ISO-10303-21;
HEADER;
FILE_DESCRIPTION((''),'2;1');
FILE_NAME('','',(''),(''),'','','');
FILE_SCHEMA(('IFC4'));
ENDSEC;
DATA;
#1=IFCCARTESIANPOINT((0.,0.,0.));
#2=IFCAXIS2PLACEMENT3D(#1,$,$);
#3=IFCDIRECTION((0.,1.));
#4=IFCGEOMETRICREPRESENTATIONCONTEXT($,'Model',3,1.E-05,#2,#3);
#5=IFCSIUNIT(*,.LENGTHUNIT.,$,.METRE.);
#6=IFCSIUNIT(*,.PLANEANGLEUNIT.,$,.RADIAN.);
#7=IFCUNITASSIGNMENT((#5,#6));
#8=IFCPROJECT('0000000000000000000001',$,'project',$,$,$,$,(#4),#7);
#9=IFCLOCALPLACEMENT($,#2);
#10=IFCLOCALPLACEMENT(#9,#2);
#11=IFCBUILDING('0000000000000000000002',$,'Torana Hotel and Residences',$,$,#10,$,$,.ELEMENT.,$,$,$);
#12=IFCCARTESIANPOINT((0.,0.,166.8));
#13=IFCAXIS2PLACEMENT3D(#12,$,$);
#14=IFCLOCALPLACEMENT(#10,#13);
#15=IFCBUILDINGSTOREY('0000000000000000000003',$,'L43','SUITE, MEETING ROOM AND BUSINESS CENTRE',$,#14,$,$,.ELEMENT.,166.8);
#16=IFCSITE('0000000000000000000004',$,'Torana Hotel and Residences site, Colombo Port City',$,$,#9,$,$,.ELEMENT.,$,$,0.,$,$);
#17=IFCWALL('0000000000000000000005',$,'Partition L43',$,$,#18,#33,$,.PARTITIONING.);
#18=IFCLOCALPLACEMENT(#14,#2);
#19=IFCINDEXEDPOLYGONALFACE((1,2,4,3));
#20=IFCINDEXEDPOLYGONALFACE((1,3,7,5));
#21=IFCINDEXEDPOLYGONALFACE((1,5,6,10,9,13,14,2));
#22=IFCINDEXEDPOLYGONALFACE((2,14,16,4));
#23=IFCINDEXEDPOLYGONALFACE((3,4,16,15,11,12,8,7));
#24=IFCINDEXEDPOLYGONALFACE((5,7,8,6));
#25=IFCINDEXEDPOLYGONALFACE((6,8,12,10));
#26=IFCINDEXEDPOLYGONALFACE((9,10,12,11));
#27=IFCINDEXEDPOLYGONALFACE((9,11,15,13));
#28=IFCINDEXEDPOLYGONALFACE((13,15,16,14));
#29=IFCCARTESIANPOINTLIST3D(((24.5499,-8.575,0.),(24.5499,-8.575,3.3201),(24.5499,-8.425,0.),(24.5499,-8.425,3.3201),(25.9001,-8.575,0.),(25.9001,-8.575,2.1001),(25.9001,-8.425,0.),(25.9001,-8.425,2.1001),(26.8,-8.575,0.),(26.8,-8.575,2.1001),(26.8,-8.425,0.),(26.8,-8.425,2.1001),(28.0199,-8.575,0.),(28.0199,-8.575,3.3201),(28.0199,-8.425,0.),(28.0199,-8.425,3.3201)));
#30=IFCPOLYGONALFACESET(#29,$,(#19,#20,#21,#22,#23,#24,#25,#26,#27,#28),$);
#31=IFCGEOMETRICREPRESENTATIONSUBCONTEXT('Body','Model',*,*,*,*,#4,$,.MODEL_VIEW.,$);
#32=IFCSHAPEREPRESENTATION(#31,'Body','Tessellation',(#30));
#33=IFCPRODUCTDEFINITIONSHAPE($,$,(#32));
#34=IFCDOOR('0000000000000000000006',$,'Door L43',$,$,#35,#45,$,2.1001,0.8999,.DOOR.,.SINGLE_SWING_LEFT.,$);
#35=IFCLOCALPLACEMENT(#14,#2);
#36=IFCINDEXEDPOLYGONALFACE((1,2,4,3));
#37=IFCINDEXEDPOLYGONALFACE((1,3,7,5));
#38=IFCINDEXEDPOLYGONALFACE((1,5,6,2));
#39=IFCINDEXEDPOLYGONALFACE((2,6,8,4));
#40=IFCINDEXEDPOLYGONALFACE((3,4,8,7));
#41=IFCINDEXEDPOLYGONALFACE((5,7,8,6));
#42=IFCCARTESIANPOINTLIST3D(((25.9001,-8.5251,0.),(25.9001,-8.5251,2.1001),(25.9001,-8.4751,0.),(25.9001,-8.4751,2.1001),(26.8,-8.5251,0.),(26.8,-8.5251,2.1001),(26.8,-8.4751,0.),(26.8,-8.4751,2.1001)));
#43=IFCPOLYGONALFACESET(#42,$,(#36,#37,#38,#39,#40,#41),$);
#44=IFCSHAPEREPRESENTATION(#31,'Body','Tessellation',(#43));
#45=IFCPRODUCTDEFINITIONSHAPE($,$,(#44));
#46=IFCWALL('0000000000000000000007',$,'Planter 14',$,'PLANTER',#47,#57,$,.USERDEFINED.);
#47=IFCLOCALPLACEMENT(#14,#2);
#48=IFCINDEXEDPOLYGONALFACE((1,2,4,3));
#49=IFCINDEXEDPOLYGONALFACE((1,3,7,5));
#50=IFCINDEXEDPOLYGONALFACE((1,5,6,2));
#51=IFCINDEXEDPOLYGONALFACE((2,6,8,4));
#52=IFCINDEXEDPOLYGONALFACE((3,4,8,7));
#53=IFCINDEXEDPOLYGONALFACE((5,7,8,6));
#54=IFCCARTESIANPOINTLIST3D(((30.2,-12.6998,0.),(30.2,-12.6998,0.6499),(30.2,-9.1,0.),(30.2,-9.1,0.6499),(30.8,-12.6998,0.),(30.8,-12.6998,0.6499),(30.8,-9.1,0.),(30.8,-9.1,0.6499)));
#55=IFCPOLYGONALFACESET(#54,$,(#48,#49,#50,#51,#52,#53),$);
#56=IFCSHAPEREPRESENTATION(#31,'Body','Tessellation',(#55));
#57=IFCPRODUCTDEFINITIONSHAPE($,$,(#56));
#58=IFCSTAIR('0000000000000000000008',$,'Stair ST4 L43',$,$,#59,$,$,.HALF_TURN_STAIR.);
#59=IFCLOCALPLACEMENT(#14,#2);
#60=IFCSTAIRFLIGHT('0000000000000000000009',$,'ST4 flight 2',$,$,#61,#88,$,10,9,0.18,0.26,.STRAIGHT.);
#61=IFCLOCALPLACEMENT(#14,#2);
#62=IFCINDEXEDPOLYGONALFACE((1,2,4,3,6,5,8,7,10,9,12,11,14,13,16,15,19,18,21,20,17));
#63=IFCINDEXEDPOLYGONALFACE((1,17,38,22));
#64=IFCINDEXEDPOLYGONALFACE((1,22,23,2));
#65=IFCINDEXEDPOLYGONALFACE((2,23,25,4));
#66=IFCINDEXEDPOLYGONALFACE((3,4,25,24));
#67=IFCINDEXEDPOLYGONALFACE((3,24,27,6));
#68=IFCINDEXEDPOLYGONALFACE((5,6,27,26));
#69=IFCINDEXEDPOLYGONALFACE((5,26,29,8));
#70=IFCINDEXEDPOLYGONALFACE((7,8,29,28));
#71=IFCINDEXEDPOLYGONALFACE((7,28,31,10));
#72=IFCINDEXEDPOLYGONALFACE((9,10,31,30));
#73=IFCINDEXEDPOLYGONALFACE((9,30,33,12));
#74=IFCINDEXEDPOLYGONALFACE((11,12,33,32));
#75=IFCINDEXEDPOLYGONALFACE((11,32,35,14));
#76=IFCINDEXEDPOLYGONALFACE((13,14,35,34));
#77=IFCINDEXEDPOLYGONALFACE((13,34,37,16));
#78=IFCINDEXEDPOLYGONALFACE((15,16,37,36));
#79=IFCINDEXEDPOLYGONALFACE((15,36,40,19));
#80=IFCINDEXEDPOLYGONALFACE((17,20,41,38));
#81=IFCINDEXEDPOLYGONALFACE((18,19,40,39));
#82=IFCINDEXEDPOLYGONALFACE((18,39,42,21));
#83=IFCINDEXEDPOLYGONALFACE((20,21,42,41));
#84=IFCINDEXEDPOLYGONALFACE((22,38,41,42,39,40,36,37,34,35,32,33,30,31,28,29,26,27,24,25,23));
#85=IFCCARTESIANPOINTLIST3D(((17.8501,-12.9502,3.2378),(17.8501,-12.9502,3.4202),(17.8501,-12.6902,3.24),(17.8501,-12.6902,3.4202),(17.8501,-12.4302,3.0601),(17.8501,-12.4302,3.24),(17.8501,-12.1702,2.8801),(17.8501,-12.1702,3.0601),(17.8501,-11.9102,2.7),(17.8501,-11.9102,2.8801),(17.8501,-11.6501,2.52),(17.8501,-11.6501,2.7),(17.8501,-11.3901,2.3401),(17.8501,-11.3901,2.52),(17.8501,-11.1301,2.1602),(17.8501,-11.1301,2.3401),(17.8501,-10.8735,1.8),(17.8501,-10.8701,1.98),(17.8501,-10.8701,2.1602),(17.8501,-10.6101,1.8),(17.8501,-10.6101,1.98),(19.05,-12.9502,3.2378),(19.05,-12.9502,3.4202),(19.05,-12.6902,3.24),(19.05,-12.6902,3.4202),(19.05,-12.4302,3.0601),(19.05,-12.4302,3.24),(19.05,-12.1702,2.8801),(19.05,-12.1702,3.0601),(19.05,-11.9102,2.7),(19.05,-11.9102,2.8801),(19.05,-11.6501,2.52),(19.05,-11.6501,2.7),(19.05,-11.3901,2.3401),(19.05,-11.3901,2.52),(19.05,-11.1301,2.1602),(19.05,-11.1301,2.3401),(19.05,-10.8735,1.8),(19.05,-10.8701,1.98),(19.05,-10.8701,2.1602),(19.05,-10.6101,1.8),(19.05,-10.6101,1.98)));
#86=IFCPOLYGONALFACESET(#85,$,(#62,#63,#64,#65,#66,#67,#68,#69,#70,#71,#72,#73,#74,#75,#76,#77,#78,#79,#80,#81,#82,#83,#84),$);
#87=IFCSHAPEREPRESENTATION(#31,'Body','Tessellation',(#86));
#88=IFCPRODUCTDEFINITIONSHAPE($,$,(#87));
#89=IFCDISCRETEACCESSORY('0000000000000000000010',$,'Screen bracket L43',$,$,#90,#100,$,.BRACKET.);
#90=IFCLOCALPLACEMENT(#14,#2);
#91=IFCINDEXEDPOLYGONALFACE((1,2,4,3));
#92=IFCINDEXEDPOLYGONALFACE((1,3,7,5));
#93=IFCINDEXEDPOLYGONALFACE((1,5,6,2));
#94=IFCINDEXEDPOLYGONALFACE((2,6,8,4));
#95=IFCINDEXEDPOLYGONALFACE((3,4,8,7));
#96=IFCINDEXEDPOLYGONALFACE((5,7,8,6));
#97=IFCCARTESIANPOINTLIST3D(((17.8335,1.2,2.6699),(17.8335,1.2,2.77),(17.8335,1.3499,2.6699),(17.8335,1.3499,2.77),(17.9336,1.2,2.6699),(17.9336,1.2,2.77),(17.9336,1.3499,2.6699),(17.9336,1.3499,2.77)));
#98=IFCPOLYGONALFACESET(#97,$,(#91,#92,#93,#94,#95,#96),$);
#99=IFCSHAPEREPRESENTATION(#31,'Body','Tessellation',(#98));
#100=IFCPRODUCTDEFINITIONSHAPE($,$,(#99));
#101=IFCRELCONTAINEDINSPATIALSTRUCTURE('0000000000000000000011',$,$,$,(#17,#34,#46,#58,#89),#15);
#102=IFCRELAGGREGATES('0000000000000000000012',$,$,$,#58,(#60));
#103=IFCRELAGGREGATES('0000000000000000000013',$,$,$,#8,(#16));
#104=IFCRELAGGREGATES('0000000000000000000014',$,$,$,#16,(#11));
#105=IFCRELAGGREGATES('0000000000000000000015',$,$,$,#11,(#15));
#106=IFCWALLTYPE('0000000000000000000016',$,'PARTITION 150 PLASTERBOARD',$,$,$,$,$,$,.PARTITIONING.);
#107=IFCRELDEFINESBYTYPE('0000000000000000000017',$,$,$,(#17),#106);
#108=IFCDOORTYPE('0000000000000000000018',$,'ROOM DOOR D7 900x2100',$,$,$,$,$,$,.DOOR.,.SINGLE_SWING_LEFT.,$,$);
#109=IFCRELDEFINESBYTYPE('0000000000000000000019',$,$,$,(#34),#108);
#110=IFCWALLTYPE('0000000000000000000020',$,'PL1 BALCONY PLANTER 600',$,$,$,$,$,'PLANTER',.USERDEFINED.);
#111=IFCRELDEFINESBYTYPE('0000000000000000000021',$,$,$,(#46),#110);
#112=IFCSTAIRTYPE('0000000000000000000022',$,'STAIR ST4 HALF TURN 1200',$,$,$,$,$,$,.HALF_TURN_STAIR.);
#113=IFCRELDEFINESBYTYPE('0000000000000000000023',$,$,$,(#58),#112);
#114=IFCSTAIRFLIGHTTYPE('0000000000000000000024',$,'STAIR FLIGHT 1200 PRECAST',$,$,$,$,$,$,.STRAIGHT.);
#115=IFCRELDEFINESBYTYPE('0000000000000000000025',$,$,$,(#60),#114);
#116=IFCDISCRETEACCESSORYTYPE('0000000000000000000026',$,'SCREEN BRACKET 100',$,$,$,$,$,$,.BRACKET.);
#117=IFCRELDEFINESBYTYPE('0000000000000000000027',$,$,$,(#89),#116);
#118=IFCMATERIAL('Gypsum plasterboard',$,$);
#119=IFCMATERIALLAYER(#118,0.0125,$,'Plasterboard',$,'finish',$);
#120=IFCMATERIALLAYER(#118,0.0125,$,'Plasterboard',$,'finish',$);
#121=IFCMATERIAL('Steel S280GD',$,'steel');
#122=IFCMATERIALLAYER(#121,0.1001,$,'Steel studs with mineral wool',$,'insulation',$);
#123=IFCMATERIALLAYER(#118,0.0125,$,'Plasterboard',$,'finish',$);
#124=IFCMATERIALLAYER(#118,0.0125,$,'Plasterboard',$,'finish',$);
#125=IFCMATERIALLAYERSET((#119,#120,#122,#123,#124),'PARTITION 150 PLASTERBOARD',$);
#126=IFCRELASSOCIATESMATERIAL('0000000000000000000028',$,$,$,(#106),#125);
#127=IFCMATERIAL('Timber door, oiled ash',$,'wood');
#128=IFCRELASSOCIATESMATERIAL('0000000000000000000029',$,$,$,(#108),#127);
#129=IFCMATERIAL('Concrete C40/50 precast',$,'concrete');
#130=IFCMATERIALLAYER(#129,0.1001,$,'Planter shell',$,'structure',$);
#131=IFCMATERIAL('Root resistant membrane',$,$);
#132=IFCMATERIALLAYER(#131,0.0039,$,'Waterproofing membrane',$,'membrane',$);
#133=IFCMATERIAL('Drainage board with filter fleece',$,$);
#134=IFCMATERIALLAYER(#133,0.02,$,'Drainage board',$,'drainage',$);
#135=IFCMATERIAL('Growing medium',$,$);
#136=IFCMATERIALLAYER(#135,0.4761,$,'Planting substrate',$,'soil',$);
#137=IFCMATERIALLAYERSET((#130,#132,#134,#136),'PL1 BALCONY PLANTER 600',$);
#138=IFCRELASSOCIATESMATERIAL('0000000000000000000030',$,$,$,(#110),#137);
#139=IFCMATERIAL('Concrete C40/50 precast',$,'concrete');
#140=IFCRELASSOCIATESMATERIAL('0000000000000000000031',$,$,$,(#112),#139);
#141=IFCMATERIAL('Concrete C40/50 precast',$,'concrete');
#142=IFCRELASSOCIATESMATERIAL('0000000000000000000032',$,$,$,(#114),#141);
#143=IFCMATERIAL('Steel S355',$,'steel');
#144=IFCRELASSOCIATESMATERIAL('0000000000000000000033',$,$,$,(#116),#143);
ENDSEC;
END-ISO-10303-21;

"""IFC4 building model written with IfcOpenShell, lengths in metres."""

from ifc_helpers import new_model, si_unit, direction, frame, frame_2d, origin, origin_2d, place, context, subcontext, project, spatial, polyline, rectangle, outline, extrude, material, layer, layer_set, type_object, element, fill, aggregate, save


model = new_model("IFC4")

# Units and contexts
model_context = context("Model", 3, precision=1e-05, world=origin(), true_north=direction((0.0, 1.0)))
body_context = subcontext(model_context, "Body", "Model", "MODEL_VIEW")
ifc_project = project(units=[si_unit("LENGTHUNIT", "METRE"), si_unit("PLANEANGLEUNIT", "RADIAN")], contexts=[model_context])

# Site, building, storey
site_placement = place(None, origin())
site = spatial("IfcSite", under=ifc_project, at=site_placement, Name="Torana Hotel and Residences site, Colombo Port City", CompositionType="ELEMENT", RefElevation=0.0)
building_placement = place(site_placement, origin())
building = spatial("IfcBuilding", under=site, at=building_placement, Name="Torana Hotel and Residences", CompositionType="ELEMENT")
storey_placement = place(building_placement, frame((0.0, 0.0, 166.8)))
storey = spatial("IfcBuildingStorey", under=building, at=storey_placement, Name="L43", Description="SUITE, MEETING ROOM AND BUSINESS CENTRE", CompositionType="ELEMENT", Elevation=166.8)

# Shared definitions
ifc_material_1 = material(Name="Steel S280GD", Category="steel")

# Shared definitions
ifc_material_2 = material(Name="Concrete C40/50 precast", Category="concrete")

# Shared definitions
ifc_material_3 = material(Name="Gypsum plasterboard")
ifc_layer_1 = layer(ifc_material_3, 0.0125, Name="Plasterboard", Category="finish")
ifc_layer_2 = layer(ifc_material_3, 0.0125, Name="Plasterboard", Category="finish")
ifc_layer_3 = layer(ifc_material_1, 0.1001, Name="Steel studs with mineral wool", Category="insulation")
ifc_layer_4 = layer(ifc_material_3, 0.0125, Name="Plasterboard", Category="finish")
ifc_layer_5 = layer(ifc_material_3, 0.0125, Name="Plasterboard", Category="finish")
ifc_layer_set_1 = layer_set([ifc_layer_1, ifc_layer_2, ifc_layer_3, ifc_layer_4, ifc_layer_5], Name="PARTITION 150 PLASTERBOARD")
wall_type_1 = type_object("IfcWallType", Name="PARTITION 150 PLASTERBOARD", PredefinedType="PARTITIONING", material=ifc_layer_set_1)

# Wall, opening, door
wall_1_placement = place(storey_placement, frame((24.55, -8.5, 0.0), z_axis=(0.0, 0.0, 1.0), x_axis=(1.0, 0.0, 0.0)))
wall_1 = element("IfcWall", 1, at=wall_1_placement, inside=storey, type_object=wall_type_1, Name="Partition L43", PredefinedType="PARTITIONING", context=body_context, shape_type="SweptSolid", body=[
    extrude(rectangle(XDim=3.47, YDim=0.1499, at=frame_2d((1.7349, 0.0))), origin(), (0.0, 0.0, 1.0), 3.3201),
])
opening_1_placement = place(wall_1_placement, frame((1.3501, 0.0, 0.0)))
opening_1 = element("IfcOpeningElement", 2, at=opening_1_placement, cuts=wall_1, PredefinedType="OPENING", context=body_context, shape_type="SweptSolid", body=[
    extrude(rectangle(XDim=0.8999, YDim=2.1001, at=frame_2d((0.45, 1.05))), frame((0.0, 0.085, 0.0), z_axis=(0.0, -1.0, 0.0), x_axis=(1.0, 0.0, 0.0)), (0.0, 0.0, 1.0), 0.1699),
])
ifc_material_4 = material(Name="Timber door, oiled ash", Category="wood")
door_type = type_object("IfcDoorType", Name="ROOM DOOR D7 900x2100", OperationType="SINGLE_SWING_LEFT", PredefinedType="DOOR", material=ifc_material_4)
door_placement = place(opening_1_placement, origin())
door = element("IfcDoor", 3, at=door_placement, inside=storey, type_object=door_type, Name="Door L43", OperationType="SINGLE_SWING_LEFT", OverallHeight=2.1001, OverallWidth=0.8999, PredefinedType="DOOR", context=body_context, shape_type="SweptSolid", body=[
    extrude(rectangle(XDim=0.8999, YDim=2.1001, at=frame_2d((0.45, 1.05))), frame((0.0, 0.0249, 0.0), z_axis=(0.0, -1.0, 0.0), x_axis=(1.0, 0.0, 0.0)), (0.0, 0.0, 1.0), 0.05),
])
fill(opening_1, door)

# Wall
ifc_layer_6 = layer(ifc_material_2, 0.1001, Name="Planter shell", Category="structure")
ifc_material_5 = material(Name="Root resistant membrane")
ifc_layer_7 = layer(ifc_material_5, 0.0039, Name="Waterproofing membrane", Category="membrane")
ifc_material_6 = material(Name="Drainage board with filter fleece")
ifc_layer_8 = layer(ifc_material_6, 0.02, Name="Drainage board", Category="drainage")
ifc_material_7 = material(Name="Growing medium")
ifc_layer_9 = layer(ifc_material_7, 0.4761, Name="Planting substrate", Category="soil")
ifc_layer_set_2 = layer_set([ifc_layer_6, ifc_layer_7, ifc_layer_8, ifc_layer_9], Name="PL1 BALCONY PLANTER 600")
wall_type_2 = type_object("IfcWallType", Name="PL1 BALCONY PLANTER 600", ElementType="PLANTER", PredefinedType="USERDEFINED", material=ifc_layer_set_2)
wall_2_placement = place(storey_placement, frame((30.5, -9.1001, 0.0), z_axis=(0.0, 0.0, 1.0), x_axis=(0.0, -1.0, 0.0)))
element("IfcWall", 4, at=wall_2_placement, inside=storey, type_object=wall_type_2, Name="Planter 14", ObjectType="PLANTER", PredefinedType="USERDEFINED", context=body_context, shape_type="SweptSolid", body=[
    extrude(rectangle(XDim=3.5999, YDim=0.6001, at=frame_2d((1.7998, 0.0))), origin(), (0.0, 0.0, 1.0), 0.6499),
])

# Stair, stair flight
ifc_material_8 = material(Name="Concrete C40/50 precast", Category="concrete")
stair_type = type_object("IfcStairType", Name="STAIR ST4 HALF TURN 1200", PredefinedType="HALF_TURN_STAIR", material=ifc_material_8)
stair_placement = place(storey_placement, origin())
stair = element("IfcStair", 5, at=stair_placement, inside=storey, type_object=stair_type, Name="Stair ST4 L43", PredefinedType="HALF_TURN_STAIR")
ifc_material_9 = material(Name="Concrete C40/50 precast", Category="concrete")
stair_flight_type = type_object("IfcStairFlightType", Name="STAIR FLIGHT 1200 PRECAST", PredefinedType="STRAIGHT", material=ifc_material_9)
stair_flight_placement = place(storey_placement, frame((18.45, -10.6101, 1.8), z_axis=(0.0, 0.0, 1.0), x_axis=(0.0, -1.0, 0.0)))
stair_flight = element("IfcStairFlight", 6, at=stair_flight_placement, type_object=stair_flight_type, Name="ST4 flight 2", NumberOfRisers=10, NumberOfTreads=9, PredefinedType="STRAIGHT", RiserHeight=0.18, TreadLength=0.26, context=body_context, shape_type="SweptSolid", body=[
    extrude(outline(polyline([(0.0, 0.0), (0.0, 0.1799), (0.26, 0.1799), (0.26, 0.3601), (0.52, 0.3601), (0.52, 0.54), (0.78, 0.54), (0.78, 0.72), (1.04, 0.72), (1.04, 0.8999), (1.3, 0.8999), (1.3, 1.0801), (1.5601, 1.0801), (1.5601, 1.26), (1.8201, 1.26), (1.8201, 1.4399), (2.0801, 1.4399), (2.0801, 1.6201), (2.3401, 1.6201), (2.3401, 1.8), (2.3401, 1.4377), (0.2634, 0.0), (0.0, 0.0)])), frame((0.0, 0.6001, 0.0), z_axis=(0.0, -1.0, 0.0), x_axis=(1.0, 0.0, 0.0)), (0.0, 0.0, 1.0), 1.2),
])
aggregate(stair, [stair_flight])

# Discrete accessory
ifc_material_10 = material(Name="Steel S355", Category="steel")
discrete_accessory_type = type_object("IfcDiscreteAccessoryType", Name="SCREEN BRACKET 100", PredefinedType="BRACKET", material=ifc_material_10)
discrete_accessory_placement = place(storey_placement, frame((17.8835, 1.2749, 2.6699), z_axis=(0.0, 0.0, 1.0), x_axis=(-1.0, 0.0, 0.0)))
element("IfcDiscreteAccessory", 7, at=discrete_accessory_placement, inside=storey, type_object=discrete_accessory_type, Name="Screen bracket L43", PredefinedType="BRACKET", context=body_context, shape_type="SweptSolid", body=[
    extrude(rectangle(XDim=0.1001, YDim=0.1499, at=origin_2d()), origin(), (0.0, 0.0, 1.0), 0.1001),
])

save(model, "model.ifc")
